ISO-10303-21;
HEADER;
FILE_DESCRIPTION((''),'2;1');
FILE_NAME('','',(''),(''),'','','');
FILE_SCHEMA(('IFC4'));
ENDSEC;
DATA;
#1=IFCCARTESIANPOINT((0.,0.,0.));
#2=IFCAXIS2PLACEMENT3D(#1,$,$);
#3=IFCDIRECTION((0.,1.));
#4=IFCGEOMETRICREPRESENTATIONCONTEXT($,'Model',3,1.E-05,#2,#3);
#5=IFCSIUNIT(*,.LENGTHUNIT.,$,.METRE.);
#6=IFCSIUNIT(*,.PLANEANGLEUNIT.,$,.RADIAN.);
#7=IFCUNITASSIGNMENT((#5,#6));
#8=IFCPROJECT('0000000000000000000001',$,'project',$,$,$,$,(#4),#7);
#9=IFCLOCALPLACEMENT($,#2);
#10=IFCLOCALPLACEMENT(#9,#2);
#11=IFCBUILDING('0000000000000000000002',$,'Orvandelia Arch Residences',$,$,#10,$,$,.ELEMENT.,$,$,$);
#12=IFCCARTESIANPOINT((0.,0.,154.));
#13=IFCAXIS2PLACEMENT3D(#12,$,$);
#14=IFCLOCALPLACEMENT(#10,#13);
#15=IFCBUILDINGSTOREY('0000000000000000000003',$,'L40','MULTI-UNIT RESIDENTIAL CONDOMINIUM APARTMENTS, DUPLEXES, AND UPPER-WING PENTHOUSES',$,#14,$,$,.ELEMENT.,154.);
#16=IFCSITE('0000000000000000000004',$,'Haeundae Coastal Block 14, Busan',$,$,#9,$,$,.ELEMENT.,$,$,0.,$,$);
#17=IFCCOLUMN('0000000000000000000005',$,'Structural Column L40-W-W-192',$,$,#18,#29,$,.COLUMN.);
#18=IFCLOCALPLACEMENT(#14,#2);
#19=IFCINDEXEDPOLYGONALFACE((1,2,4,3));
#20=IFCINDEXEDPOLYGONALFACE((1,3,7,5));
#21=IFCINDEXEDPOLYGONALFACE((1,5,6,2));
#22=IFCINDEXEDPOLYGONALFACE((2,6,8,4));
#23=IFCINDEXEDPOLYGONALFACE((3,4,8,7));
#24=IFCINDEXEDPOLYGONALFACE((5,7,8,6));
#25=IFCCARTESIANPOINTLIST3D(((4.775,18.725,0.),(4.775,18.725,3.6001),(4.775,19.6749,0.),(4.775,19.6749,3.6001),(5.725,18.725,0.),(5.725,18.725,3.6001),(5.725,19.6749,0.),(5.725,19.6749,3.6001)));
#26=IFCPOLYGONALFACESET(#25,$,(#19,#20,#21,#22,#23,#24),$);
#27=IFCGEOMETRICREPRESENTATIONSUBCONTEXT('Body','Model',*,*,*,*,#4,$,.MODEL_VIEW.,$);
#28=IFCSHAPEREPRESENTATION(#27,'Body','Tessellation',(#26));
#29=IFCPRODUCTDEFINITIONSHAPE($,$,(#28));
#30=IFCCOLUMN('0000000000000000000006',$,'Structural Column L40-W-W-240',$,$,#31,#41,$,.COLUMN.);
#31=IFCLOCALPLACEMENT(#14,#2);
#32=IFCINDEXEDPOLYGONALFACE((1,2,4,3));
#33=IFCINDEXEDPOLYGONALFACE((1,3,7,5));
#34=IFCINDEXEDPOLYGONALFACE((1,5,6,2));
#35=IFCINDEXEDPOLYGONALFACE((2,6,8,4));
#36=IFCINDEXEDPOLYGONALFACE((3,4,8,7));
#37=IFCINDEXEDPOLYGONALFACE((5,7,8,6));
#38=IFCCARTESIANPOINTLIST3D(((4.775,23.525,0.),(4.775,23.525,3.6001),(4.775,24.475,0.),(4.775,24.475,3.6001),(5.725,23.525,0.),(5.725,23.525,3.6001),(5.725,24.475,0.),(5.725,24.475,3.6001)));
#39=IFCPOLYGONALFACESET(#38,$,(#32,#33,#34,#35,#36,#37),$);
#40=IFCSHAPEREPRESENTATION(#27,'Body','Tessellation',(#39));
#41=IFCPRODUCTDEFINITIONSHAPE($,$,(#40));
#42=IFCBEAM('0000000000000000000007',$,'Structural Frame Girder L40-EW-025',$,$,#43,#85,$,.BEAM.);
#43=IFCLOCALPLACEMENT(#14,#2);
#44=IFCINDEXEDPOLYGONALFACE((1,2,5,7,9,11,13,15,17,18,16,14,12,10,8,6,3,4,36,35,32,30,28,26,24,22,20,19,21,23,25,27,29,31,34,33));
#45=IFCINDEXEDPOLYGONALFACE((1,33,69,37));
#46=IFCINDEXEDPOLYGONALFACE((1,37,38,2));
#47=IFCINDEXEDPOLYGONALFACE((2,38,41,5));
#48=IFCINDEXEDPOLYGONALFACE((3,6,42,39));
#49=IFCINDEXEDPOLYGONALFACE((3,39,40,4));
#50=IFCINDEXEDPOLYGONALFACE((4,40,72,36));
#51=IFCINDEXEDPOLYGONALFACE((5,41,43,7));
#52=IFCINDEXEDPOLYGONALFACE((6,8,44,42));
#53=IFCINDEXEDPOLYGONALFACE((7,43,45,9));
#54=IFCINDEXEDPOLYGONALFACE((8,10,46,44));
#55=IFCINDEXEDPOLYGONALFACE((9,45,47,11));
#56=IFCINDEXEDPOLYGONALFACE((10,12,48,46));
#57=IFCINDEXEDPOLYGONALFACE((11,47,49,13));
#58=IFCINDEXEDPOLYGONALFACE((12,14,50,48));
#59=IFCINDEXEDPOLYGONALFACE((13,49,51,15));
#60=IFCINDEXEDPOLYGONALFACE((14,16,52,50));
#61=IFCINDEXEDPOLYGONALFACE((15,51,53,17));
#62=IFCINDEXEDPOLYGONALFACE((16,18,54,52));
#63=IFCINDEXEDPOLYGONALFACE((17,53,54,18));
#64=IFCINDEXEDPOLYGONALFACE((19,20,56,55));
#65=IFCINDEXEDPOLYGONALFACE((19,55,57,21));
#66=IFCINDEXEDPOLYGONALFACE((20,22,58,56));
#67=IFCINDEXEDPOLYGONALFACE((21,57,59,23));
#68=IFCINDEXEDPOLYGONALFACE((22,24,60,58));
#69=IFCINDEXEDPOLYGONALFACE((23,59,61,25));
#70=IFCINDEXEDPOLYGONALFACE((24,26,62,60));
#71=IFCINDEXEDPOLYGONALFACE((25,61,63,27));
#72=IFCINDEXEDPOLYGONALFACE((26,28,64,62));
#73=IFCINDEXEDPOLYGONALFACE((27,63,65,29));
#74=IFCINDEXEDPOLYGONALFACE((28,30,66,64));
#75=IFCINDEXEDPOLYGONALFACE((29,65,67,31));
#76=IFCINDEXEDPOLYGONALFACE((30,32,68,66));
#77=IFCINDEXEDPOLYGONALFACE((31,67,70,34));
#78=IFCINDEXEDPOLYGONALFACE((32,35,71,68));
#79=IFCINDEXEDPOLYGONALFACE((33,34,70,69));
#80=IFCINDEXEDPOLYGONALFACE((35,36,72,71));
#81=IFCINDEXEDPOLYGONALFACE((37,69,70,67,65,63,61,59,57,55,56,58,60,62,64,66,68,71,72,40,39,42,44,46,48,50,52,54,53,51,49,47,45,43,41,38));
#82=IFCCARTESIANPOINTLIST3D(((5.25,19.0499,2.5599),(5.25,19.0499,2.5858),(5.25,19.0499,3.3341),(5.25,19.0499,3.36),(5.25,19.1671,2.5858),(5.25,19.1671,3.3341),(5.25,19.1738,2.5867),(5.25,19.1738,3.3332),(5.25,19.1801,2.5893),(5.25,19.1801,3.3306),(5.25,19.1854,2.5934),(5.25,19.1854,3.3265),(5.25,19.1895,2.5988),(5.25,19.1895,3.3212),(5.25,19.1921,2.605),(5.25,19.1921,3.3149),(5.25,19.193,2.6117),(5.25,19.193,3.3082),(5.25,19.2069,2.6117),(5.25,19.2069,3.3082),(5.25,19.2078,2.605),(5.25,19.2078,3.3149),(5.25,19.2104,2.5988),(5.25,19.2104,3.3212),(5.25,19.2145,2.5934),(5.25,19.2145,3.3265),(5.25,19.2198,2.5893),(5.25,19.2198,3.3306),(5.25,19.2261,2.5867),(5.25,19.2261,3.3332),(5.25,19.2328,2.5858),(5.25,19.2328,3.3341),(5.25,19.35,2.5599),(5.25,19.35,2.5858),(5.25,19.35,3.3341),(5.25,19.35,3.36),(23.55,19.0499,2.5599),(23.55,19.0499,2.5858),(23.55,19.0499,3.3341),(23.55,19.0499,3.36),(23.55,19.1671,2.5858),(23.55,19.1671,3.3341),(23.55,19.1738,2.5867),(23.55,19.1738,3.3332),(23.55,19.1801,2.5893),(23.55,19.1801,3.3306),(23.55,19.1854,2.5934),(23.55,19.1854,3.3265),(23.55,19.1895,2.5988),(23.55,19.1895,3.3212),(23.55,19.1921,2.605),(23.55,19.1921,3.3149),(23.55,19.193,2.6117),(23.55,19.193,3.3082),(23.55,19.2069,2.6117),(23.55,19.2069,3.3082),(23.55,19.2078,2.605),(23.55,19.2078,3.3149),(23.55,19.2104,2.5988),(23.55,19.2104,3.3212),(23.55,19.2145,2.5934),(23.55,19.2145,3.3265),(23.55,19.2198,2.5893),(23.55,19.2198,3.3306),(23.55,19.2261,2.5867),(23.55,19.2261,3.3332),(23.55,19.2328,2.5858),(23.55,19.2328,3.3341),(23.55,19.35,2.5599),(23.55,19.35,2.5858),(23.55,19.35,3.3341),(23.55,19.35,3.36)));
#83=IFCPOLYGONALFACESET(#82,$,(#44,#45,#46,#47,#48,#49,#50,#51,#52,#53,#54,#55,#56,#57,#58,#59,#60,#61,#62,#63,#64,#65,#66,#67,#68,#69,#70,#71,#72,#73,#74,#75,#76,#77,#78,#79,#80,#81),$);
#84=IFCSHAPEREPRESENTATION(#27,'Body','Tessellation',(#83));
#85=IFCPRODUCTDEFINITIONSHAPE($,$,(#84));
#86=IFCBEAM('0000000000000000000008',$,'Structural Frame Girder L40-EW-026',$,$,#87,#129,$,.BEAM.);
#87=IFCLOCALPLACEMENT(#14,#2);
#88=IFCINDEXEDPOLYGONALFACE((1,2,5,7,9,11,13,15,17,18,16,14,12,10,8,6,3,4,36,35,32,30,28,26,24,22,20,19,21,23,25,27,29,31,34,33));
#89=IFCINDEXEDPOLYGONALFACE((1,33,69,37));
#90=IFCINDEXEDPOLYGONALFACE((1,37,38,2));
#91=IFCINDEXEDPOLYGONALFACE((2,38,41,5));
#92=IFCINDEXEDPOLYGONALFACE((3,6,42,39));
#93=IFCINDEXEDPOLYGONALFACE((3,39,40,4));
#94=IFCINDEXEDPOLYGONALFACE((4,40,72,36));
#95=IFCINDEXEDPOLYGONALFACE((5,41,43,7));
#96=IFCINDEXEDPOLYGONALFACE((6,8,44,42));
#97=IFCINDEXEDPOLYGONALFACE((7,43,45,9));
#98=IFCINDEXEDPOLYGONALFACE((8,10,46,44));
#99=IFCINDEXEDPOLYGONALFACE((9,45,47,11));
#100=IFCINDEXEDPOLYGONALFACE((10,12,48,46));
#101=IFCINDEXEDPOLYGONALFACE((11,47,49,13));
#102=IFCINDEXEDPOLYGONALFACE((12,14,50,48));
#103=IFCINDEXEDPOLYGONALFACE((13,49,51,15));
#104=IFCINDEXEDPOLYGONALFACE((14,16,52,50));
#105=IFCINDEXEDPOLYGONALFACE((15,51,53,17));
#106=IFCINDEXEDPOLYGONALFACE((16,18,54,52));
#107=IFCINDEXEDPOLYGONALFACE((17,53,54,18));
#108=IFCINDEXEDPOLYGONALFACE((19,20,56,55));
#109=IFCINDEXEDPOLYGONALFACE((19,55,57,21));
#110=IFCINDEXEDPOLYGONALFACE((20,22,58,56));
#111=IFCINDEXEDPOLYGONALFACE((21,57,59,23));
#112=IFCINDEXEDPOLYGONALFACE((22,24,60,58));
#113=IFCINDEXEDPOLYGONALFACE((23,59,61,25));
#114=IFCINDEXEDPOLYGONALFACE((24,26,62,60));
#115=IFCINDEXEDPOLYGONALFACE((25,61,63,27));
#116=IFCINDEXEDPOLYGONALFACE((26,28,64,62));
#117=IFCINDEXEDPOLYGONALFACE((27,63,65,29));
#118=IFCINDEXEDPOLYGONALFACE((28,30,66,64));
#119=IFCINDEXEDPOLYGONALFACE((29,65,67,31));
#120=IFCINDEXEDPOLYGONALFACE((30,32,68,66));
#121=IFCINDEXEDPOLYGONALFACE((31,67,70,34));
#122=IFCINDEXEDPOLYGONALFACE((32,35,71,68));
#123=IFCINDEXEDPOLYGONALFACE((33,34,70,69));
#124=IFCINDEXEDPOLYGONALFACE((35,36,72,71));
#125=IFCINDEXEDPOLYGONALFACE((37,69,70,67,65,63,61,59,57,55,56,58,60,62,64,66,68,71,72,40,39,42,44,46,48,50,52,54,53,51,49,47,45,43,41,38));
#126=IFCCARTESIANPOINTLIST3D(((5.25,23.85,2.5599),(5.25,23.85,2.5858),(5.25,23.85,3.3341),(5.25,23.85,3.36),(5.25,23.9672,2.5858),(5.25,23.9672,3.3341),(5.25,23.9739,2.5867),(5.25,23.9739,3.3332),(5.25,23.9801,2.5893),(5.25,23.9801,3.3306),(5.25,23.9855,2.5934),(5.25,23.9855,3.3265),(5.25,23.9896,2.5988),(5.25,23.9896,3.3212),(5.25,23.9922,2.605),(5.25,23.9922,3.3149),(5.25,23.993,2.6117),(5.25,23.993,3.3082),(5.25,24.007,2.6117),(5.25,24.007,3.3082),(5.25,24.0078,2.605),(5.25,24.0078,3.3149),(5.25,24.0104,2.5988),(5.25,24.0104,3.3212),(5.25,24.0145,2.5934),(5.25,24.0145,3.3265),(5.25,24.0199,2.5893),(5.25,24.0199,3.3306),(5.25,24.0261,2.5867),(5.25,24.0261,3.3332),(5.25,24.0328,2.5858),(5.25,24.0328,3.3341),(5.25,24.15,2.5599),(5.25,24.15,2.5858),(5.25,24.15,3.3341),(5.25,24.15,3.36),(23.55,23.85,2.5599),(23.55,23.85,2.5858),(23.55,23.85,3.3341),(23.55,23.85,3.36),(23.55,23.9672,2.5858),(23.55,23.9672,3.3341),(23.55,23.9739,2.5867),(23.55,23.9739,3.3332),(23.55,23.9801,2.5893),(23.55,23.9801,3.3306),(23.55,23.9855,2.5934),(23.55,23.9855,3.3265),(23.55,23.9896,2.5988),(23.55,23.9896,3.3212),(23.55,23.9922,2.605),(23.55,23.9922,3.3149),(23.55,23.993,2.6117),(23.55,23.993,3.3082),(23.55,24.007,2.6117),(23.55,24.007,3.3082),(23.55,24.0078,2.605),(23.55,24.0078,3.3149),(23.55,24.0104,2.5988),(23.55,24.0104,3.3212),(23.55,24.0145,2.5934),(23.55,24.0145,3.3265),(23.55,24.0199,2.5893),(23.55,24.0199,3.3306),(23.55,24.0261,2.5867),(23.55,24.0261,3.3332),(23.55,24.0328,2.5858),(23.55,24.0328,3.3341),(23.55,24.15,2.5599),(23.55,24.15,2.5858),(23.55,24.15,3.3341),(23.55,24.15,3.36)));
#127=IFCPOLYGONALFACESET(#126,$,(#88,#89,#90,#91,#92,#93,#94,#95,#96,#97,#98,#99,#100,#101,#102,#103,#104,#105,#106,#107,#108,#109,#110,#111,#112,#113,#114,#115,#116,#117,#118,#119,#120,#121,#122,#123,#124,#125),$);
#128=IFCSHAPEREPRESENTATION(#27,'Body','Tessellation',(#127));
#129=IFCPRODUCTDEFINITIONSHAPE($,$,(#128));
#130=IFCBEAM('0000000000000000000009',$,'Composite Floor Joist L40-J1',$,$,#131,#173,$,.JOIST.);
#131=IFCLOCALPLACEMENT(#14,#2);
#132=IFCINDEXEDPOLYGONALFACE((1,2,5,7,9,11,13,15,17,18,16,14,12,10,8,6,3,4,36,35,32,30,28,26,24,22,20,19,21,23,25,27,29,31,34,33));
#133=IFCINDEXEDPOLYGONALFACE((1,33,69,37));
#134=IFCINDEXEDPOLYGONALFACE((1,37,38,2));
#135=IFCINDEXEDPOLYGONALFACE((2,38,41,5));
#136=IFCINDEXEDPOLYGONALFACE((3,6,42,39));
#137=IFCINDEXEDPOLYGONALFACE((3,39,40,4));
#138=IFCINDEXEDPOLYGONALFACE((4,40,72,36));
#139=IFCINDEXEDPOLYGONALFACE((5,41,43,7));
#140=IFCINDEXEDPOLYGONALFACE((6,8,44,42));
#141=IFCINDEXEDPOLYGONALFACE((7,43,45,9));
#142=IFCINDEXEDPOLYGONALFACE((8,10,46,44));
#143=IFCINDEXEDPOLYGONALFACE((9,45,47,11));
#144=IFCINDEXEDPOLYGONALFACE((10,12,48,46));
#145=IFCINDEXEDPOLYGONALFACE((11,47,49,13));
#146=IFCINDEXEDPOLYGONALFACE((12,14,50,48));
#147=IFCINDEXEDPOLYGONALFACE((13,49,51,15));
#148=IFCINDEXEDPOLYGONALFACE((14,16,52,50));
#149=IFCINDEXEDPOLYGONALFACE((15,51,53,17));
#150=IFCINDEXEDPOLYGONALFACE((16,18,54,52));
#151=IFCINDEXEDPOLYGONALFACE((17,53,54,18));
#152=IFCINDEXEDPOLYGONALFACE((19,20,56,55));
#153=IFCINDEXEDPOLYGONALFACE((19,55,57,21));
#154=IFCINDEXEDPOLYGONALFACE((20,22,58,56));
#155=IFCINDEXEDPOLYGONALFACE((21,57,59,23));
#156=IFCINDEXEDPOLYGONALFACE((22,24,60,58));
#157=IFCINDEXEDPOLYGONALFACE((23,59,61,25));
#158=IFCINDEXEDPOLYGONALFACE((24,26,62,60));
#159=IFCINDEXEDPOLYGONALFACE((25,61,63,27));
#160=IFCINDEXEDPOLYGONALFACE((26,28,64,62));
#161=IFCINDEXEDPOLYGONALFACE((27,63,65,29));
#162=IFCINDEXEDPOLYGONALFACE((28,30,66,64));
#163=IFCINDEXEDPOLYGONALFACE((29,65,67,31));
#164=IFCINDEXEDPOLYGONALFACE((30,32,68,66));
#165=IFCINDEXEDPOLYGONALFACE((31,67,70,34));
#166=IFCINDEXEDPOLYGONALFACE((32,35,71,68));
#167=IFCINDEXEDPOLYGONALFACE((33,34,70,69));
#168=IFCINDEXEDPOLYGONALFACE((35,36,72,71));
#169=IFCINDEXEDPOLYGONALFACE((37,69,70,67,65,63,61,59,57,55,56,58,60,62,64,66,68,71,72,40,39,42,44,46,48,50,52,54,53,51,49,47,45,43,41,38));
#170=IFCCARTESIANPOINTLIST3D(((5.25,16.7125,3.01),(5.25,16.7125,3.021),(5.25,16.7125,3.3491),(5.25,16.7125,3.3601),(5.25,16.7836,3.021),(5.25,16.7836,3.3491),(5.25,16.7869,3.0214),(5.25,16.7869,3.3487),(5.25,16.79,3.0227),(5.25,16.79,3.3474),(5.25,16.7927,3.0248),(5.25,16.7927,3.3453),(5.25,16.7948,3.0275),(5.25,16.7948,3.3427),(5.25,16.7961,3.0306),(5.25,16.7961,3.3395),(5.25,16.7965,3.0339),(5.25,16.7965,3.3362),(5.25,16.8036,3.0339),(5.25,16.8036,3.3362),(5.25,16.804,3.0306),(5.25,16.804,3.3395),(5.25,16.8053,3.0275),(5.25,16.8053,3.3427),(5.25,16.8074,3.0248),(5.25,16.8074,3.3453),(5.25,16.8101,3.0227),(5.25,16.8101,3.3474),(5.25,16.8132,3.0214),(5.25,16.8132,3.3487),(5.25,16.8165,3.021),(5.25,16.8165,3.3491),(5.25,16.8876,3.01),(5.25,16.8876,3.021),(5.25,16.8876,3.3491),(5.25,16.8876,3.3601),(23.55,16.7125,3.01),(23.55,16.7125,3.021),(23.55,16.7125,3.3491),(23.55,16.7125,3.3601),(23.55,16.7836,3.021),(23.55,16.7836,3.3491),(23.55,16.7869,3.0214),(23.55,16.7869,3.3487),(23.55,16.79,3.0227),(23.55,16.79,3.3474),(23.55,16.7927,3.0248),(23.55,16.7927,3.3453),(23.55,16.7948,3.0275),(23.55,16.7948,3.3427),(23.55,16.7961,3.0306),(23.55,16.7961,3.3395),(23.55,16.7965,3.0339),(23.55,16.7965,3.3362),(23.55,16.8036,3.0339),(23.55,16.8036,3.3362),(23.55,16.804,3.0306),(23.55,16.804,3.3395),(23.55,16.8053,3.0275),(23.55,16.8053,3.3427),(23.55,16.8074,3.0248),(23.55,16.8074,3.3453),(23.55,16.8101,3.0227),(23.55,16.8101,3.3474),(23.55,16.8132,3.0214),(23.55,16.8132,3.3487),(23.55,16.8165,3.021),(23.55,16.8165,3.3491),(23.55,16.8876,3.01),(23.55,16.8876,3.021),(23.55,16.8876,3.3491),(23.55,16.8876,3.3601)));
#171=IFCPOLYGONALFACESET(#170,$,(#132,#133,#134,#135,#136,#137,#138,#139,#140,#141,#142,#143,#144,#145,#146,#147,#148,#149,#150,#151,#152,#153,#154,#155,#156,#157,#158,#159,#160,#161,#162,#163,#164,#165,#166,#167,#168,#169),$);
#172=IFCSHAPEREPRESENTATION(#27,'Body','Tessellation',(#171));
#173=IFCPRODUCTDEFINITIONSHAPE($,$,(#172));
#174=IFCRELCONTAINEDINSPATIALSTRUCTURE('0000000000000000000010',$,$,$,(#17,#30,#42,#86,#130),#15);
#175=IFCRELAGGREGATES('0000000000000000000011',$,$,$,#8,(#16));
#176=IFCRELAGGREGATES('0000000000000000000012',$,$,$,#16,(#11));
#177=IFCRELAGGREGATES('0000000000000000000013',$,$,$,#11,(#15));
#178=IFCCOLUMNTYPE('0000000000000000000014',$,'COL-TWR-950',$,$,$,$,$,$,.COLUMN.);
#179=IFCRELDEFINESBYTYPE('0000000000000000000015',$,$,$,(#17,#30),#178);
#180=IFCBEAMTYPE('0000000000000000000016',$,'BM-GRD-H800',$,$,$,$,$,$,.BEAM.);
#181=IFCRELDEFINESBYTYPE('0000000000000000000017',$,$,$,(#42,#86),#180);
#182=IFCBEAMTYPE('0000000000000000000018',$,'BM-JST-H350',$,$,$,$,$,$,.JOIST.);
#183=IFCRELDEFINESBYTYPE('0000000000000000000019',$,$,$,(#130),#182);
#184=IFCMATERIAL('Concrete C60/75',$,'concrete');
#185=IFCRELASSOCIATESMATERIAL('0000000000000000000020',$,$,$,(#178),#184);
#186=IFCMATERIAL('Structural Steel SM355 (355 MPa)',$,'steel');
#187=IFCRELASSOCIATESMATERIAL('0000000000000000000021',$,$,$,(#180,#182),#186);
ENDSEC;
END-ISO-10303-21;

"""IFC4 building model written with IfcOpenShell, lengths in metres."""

from ifc_helpers import new_model, si_unit, direction, frame, origin, origin_2d, place, context, subcontext, project, spatial, rectangle, i_section, extrude, material, material_profile, profile_set, type_object, element, save


model = new_model("IFC4")

# Units and contexts
model_context = context("Model", 3, precision=1e-05, world=origin(), true_north=direction((0.0, 1.0)))
body_context = subcontext(model_context, "Body", "Model", "MODEL_VIEW")
ifc_project = project(units=[si_unit("LENGTHUNIT", "METRE"), si_unit("PLANEANGLEUNIT", "RADIAN")], contexts=[model_context])

# Site, building, storey
site_placement = place(None, origin())
site = spatial("IfcSite", under=ifc_project, at=site_placement, Name="Haeundae Coastal Block 14, Busan", CompositionType="ELEMENT", RefElevation=0.0)
building_placement = place(site_placement, origin())
building = spatial("IfcBuilding", under=site, at=building_placement, Name="Orvandelia Arch Residences", CompositionType="ELEMENT")
storey_placement = place(building_placement, frame((0.0, 0.0, 154.0)))
storey = spatial("IfcBuildingStorey", under=building, at=storey_placement, Name="L40", Description="MULTI-UNIT RESIDENTIAL CONDOMINIUM APARTMENTS, DUPLEXES, AND UPPER-WING PENTHOUSES", CompositionType="ELEMENT", Elevation=154.0)

# Columns
ifc_material_1 = material(Name="Concrete C60/75", Category="concrete")
ifc_material_profile_1 = material_profile(ifc_material_1, rectangle(XDim=0.95, YDim=0.95, at=origin_2d()), Name="Concrete C60/75", Category="concrete")
ifc_profile_set_1 = profile_set([ifc_material_profile_1], Name="Concrete C60/75")
column_type = type_object("IfcColumnType", Name="COL-TWR-950", PredefinedType="COLUMN", material=ifc_profile_set_1)
for number, where, z_axis, x_axis, name in (
    (1, (5.25, 19.2, 0.0), (0.0, 0.0, 1.0), (1.0, 0.0, 0.0), "Structural Column L40-W-W-192"),
    (2, (5.25, 24.0, 0.0), (0.0, 0.0, 1.0), (1.0, 0.0, 0.0), "Structural Column L40-W-W-240"),
):
    element("IfcColumn", number, at=place(storey_placement, frame(where, z_axis=z_axis, x_axis=x_axis)), inside=storey, type_object=column_type, Name=name, PredefinedType="COLUMN", context=body_context, shape_type="SweptSolid", body=[
        extrude(rectangle(XDim=0.95, YDim=0.95, at=origin_2d()), origin(), (0.0, 0.0, 1.0), 3.6001),
    ])

# Beams
ifc_material_2 = material(Name="Structural Steel SM355 (355 MPa)", Category="steel")
ifc_material_profile_2 = material_profile(ifc_material_2, i_section(OverallWidth=0.3, OverallDepth=0.8, WebThickness=0.0139, FlangeThickness=0.0259, FilletRadius=0.0259, at=origin_2d()), Name="Structural Steel SM355 (355 MPa)", Category="steel")
ifc_profile_set_2 = profile_set([ifc_material_profile_2], Name="Structural Steel SM355 (355 MPa)")
beam_type_1 = type_object("IfcBeamType", Name="BM-GRD-H800", PredefinedType="BEAM", material=ifc_profile_set_2)
for number, where, z_axis, x_axis, name in (
    (3, (5.25, 19.2, 2.96), (1.0, 0.0, 0.0), (0.0, 1.0, 0.0), "Structural Frame Girder L40-EW-025"),
    (4, (5.25, 24.0, 2.96), (1.0, 0.0, 0.0), (0.0, 1.0, 0.0), "Structural Frame Girder L40-EW-026"),
):
    element("IfcBeam", number, at=place(storey_placement, frame(where, z_axis=z_axis, x_axis=x_axis)), inside=storey, type_object=beam_type_1, Name=name, PredefinedType="BEAM", context=body_context, shape_type="SweptSolid", body=[
        extrude(i_section(OverallWidth=0.3, OverallDepth=0.8, WebThickness=0.0139, FlangeThickness=0.0259, FilletRadius=0.0259, at=origin_2d()), origin(), (0.0, 0.0, 1.0), 18.3),
    ])
ifc_material_profile_3 = material_profile(ifc_material_2, i_section(OverallWidth=0.175, OverallDepth=0.3501, WebThickness=0.0071, FlangeThickness=0.011, FilletRadius=0.0129, at=origin_2d()), Name="Structural Steel SM355 (355 MPa)", Category="steel")
ifc_profile_set_3 = profile_set([ifc_material_profile_3], Name="Structural Steel SM355 (355 MPa)")
beam_type_2 = type_object("IfcBeamType", Name="BM-JST-H350", PredefinedType="JOIST", material=ifc_profile_set_3)
for number, where, z_axis, x_axis, name in (
    (5, (5.25, 16.8, 3.1851), (1.0, 0.0, 0.0), (0.0, 1.0, 0.0), "Composite Floor Joist L40-J1"),
):
    element("IfcBeam", number, at=place(storey_placement, frame(where, z_axis=z_axis, x_axis=x_axis)), inside=storey, type_object=beam_type_2, Name=name, PredefinedType="JOIST", context=body_context, shape_type="SweptSolid", body=[
        extrude(i_section(OverallWidth=0.175, OverallDepth=0.3501, WebThickness=0.0071, FlangeThickness=0.011, FilletRadius=0.0129, at=origin_2d()), origin(), (0.0, 0.0, 1.0), 18.3),
    ])

save(model, "model.ifc")
